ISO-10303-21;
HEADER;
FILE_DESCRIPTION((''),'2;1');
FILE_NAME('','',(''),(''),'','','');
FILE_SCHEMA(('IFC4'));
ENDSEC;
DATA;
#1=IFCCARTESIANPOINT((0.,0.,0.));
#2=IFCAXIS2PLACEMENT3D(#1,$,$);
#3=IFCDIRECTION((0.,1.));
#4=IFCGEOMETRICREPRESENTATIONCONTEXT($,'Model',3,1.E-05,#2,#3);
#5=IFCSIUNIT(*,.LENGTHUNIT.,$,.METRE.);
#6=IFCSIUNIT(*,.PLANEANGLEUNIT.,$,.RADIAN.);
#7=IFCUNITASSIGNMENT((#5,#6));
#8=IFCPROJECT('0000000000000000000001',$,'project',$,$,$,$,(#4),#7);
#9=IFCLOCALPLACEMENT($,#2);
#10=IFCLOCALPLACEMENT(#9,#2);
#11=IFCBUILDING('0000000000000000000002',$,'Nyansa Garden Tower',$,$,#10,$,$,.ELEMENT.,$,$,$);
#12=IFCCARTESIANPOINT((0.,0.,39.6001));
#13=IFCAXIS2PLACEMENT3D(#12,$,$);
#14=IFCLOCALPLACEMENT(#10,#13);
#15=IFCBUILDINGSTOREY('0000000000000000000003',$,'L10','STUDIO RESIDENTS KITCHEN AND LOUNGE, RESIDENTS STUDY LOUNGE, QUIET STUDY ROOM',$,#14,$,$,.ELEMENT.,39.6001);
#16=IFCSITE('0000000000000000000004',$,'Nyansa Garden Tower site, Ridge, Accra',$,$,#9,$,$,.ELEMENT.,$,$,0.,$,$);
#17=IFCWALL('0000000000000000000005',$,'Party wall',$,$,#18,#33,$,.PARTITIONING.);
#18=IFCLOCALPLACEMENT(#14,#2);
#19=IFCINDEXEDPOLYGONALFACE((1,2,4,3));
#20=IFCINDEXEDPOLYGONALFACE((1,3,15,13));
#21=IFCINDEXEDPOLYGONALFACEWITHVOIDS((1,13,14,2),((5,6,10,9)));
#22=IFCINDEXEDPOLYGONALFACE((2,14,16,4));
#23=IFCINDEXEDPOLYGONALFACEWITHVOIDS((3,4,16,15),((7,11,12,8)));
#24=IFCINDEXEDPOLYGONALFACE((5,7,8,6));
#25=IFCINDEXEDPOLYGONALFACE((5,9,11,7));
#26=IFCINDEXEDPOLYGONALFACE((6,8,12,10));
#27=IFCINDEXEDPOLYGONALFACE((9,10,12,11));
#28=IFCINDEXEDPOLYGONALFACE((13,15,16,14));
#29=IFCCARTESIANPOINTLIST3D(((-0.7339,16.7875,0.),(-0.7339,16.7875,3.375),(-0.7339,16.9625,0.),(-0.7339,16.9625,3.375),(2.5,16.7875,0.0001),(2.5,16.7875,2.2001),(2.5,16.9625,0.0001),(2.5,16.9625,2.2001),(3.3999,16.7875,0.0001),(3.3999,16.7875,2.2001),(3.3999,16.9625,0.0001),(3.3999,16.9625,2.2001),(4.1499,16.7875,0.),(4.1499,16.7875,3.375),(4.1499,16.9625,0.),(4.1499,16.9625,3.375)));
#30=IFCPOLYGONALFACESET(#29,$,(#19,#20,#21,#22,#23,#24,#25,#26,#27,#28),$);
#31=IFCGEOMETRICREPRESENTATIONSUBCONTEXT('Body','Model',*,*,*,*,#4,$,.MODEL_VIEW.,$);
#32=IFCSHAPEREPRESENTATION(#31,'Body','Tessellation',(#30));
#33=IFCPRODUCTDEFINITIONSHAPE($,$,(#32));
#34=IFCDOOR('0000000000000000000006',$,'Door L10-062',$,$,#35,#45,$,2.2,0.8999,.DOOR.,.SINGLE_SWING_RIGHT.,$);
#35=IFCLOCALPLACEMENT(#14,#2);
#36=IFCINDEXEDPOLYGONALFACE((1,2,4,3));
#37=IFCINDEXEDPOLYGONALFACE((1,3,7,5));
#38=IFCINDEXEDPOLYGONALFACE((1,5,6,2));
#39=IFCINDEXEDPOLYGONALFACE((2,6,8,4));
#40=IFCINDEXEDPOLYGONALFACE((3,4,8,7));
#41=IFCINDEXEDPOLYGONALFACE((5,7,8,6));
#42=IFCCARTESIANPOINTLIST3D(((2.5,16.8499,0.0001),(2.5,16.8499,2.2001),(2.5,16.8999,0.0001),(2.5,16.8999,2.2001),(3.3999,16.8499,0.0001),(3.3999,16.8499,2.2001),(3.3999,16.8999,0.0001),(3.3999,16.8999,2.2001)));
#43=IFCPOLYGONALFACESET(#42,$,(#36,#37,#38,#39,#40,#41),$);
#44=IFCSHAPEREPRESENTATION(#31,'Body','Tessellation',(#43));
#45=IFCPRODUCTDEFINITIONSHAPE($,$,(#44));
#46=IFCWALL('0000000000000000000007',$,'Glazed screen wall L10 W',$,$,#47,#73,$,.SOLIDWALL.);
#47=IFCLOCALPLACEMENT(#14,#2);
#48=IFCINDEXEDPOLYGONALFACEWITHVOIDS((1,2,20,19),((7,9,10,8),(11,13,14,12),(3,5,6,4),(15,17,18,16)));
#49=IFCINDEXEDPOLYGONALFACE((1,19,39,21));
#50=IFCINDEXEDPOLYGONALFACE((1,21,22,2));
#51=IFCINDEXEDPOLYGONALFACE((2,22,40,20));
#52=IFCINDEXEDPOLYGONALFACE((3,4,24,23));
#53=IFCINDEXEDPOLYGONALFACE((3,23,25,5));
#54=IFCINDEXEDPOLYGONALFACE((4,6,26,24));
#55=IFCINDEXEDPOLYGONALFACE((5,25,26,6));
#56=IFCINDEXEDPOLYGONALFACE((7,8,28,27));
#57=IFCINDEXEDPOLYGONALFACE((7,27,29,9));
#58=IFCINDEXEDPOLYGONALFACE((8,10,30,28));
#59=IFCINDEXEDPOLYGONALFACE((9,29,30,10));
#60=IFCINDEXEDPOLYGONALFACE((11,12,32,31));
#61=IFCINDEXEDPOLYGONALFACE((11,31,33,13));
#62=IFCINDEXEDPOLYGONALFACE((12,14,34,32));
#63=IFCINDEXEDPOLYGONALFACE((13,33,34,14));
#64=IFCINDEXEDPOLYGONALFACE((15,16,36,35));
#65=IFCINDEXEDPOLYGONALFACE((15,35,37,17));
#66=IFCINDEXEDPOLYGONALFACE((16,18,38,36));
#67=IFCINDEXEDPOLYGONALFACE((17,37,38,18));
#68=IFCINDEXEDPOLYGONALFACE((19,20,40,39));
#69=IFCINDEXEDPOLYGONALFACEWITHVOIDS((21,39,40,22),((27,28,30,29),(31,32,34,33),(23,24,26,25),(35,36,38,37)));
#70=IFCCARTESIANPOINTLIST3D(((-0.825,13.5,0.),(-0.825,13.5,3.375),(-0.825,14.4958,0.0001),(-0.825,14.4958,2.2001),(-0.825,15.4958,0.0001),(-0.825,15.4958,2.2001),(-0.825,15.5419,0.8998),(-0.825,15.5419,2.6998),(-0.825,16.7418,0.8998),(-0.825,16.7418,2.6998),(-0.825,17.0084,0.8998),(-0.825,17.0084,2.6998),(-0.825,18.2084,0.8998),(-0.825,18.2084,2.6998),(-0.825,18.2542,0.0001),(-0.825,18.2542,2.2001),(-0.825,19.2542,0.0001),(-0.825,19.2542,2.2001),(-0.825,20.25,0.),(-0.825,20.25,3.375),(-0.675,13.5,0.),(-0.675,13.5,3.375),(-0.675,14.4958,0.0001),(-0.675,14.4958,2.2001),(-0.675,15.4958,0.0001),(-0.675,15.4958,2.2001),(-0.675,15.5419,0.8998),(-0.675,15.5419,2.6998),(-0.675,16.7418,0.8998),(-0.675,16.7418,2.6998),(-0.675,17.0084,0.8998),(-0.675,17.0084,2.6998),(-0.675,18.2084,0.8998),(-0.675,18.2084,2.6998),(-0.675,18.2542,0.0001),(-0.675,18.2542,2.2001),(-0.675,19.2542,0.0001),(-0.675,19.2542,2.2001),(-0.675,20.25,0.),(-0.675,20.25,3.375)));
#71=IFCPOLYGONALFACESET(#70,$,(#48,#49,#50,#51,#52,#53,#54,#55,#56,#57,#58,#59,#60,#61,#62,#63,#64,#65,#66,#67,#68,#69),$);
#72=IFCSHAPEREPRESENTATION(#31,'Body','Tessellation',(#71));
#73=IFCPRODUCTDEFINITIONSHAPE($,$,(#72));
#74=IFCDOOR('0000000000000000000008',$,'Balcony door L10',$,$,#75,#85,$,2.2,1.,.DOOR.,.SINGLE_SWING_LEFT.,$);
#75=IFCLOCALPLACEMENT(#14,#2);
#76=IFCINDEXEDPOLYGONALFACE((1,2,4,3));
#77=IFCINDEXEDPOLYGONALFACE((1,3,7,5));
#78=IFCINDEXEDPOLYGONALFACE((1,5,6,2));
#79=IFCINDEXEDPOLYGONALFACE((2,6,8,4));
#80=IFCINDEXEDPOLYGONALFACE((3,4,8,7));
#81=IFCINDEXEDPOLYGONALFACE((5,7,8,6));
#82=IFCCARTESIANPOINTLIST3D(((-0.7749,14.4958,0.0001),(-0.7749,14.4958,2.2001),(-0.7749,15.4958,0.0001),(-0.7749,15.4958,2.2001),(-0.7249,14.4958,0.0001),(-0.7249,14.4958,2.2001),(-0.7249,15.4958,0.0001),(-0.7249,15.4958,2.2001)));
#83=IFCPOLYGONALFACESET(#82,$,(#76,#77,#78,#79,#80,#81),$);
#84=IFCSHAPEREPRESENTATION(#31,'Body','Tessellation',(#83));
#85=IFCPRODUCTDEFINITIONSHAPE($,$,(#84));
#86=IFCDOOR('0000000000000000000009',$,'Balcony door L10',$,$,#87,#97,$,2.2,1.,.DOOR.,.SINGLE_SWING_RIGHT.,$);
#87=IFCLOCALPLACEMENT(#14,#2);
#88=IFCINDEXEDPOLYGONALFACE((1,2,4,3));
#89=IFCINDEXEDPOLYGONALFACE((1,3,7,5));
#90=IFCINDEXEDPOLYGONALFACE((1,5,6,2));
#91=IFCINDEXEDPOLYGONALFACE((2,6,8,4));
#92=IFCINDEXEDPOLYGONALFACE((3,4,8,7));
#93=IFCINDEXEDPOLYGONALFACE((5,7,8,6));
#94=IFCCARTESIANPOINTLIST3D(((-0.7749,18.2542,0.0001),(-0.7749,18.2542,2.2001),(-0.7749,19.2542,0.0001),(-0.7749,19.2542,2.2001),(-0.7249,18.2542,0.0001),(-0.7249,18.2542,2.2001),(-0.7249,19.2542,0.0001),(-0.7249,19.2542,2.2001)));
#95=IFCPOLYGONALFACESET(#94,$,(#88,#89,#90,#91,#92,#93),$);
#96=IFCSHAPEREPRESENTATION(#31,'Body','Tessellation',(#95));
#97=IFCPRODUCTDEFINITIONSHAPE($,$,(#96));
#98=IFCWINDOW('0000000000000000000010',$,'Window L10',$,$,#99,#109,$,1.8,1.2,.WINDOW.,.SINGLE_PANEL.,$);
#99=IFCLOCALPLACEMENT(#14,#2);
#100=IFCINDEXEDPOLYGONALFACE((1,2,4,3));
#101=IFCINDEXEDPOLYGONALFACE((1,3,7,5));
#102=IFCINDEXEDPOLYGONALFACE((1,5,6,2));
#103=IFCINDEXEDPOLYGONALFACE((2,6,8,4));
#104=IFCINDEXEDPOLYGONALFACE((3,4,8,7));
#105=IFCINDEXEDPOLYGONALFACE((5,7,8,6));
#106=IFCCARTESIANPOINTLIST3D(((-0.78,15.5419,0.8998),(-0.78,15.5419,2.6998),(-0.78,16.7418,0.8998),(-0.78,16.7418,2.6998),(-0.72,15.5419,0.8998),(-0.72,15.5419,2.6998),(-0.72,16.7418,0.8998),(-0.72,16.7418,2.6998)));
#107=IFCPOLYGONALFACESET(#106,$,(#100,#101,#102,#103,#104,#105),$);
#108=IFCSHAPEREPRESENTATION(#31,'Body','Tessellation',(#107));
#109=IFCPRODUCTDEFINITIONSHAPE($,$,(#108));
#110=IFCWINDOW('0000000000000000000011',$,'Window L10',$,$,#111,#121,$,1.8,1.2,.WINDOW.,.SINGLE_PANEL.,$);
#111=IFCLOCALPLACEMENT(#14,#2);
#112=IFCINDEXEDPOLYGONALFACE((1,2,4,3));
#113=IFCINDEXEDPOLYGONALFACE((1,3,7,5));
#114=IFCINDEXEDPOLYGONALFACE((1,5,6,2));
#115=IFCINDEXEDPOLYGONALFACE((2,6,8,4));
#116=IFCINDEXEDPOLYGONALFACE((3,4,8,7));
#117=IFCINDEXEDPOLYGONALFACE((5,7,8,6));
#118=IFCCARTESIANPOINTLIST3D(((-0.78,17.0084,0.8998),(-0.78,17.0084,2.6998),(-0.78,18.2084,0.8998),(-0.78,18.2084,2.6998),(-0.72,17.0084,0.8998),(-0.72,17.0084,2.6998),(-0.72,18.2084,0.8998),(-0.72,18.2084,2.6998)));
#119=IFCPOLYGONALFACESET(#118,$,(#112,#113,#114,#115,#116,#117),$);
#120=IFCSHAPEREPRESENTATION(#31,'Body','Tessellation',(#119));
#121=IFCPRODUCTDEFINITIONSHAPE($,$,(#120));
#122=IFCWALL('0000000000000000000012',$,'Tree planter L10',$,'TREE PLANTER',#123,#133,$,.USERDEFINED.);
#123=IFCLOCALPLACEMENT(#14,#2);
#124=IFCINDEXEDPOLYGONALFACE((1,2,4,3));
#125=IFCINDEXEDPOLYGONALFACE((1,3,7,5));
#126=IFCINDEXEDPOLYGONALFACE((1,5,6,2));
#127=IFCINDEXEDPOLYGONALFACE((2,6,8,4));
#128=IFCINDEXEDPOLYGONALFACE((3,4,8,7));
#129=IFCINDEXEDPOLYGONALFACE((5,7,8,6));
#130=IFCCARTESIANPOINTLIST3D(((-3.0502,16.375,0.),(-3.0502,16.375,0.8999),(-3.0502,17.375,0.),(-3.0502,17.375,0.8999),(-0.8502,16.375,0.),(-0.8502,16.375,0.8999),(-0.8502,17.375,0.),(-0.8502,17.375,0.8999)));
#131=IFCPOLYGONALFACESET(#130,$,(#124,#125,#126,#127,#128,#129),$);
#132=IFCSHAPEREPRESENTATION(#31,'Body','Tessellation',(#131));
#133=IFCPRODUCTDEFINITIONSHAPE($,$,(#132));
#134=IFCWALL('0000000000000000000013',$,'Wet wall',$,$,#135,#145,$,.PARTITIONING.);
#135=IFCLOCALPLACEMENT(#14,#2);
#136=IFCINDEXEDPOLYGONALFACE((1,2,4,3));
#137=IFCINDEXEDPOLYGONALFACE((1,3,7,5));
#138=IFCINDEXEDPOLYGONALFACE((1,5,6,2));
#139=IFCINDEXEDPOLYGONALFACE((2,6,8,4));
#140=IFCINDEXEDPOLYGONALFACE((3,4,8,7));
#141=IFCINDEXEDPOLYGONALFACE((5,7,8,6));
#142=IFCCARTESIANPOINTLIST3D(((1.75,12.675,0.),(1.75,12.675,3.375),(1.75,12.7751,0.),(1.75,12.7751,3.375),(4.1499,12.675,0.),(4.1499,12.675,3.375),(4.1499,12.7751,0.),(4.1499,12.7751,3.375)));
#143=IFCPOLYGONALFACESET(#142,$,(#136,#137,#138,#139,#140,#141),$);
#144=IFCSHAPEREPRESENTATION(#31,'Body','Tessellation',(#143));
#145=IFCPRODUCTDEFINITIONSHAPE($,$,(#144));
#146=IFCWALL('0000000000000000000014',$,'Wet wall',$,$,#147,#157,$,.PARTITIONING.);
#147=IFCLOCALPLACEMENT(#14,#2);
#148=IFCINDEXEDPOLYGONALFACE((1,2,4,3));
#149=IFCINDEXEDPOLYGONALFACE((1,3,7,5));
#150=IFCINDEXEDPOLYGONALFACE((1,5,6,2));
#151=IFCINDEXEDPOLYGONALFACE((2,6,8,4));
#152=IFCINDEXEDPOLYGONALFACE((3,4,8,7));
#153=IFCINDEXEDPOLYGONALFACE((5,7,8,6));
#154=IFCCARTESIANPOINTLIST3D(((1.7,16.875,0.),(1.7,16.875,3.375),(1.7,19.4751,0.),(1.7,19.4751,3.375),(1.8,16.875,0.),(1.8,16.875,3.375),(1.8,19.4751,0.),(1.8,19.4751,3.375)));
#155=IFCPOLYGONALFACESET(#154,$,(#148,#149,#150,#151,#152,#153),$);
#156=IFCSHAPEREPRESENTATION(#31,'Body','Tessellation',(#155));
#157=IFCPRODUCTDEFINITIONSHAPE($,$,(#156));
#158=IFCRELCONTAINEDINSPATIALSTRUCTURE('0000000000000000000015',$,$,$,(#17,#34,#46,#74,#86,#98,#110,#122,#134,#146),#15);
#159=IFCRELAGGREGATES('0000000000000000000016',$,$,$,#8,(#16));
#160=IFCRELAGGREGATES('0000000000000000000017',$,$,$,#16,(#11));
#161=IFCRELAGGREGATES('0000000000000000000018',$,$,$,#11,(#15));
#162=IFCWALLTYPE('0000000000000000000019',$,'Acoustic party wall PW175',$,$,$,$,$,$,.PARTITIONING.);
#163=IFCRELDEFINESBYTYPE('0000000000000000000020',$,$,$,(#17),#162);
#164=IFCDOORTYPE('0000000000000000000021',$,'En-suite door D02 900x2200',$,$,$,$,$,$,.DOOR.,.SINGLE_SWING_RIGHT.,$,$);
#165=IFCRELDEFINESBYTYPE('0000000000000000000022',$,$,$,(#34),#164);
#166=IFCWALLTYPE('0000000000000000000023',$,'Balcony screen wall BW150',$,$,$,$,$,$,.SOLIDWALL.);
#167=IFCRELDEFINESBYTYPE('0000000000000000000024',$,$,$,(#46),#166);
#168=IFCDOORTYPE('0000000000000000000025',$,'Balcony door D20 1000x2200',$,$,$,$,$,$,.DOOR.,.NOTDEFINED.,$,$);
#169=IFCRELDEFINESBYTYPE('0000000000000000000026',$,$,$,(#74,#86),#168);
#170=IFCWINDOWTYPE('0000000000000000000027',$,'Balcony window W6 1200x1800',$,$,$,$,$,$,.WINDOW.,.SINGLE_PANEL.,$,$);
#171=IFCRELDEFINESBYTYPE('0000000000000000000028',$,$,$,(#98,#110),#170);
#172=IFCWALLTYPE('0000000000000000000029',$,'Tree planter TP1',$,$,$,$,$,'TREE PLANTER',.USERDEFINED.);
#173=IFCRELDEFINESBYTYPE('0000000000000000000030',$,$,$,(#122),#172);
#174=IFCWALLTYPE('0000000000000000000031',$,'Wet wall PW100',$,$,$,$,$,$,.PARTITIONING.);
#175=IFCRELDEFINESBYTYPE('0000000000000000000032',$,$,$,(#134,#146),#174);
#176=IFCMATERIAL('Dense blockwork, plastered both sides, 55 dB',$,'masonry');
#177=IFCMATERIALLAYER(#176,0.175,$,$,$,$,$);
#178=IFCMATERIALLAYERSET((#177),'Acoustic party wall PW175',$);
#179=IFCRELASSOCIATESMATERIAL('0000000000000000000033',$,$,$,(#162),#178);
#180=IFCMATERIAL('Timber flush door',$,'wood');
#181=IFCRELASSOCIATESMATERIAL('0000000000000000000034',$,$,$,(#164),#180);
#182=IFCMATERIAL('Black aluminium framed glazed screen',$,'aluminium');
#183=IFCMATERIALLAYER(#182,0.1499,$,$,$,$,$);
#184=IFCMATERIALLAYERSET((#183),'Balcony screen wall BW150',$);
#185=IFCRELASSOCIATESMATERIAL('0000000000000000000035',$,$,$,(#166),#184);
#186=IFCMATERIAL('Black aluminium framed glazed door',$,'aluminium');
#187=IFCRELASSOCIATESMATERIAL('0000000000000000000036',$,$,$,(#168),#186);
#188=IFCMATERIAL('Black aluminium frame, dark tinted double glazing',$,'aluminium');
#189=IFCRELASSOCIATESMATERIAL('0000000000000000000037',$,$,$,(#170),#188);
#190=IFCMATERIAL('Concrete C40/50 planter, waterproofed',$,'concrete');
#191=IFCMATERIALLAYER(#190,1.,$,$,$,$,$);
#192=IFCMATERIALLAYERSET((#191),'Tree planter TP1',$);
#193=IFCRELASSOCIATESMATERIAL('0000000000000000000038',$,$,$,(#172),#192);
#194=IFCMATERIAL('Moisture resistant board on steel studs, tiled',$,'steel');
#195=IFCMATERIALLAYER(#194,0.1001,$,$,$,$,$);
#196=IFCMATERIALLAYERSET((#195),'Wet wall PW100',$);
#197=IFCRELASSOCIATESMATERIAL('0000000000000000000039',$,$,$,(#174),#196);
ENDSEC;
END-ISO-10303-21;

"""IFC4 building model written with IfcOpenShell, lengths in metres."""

from ifc_helpers import new_model, si_unit, direction, frame, frame_2d, origin, place, context, subcontext, project, spatial, rectangle, extrude, material, layer, layer_set, type_object, element, fill, save


model = new_model("IFC4")

# Units and contexts
model_context = context("Model", 3, precision=1e-05, world=origin(), true_north=direction((0.0, 1.0)))
body_context = subcontext(model_context, "Body", "Model", "MODEL_VIEW")
ifc_project = project(units=[si_unit("LENGTHUNIT", "METRE"), si_unit("PLANEANGLEUNIT", "RADIAN")], contexts=[model_context])

# Site, building, storey
site_placement = place(None, origin())
site = spatial("IfcSite", under=ifc_project, at=site_placement, Name="Nyansa Garden Tower site, Ridge, Accra", CompositionType="ELEMENT", RefElevation=0.0)
building_placement = place(site_placement, origin())
building = spatial("IfcBuilding", under=site, at=building_placement, Name="Nyansa Garden Tower", CompositionType="ELEMENT")
storey_placement = place(building_placement, frame((0.0, 0.0, 39.6001)))
storey = spatial("IfcBuildingStorey", under=building, at=storey_placement, Name="L10", Description="STUDIO RESIDENTS KITCHEN AND LOUNGE, RESIDENTS STUDY LOUNGE, QUIET STUDY ROOM", CompositionType="ELEMENT", Elevation=39.6001)

# Wall, opening, door
ifc_material_1 = material(Name="Dense blockwork, plastered both sides, 55 dB", Category="masonry")
ifc_layer_1 = layer(ifc_material_1, 0.175)
ifc_layer_set_1 = layer_set([ifc_layer_1], Name="Acoustic party wall PW175")
wall_type_1 = type_object("IfcWallType", Name="Acoustic party wall PW175", PredefinedType="PARTITIONING", material=ifc_layer_set_1)
wall_1_placement = place(storey_placement, frame((-0.7339, 16.875, 0.0), z_axis=(0.0, 0.0, 1.0), x_axis=(1.0, 0.0, 0.0)))
wall_1 = element("IfcWall", 1, at=wall_1_placement, inside=storey, type_object=wall_type_1, Name="Party wall", PredefinedType="PARTITIONING", context=body_context, shape_type="SweptSolid", body=[
    extrude(rectangle(XDim=4.8838, YDim=0.175, at=frame_2d((2.4419, 0.0))), origin(), (0.0, 0.0, 1.0), 3.375),
])
opening_1_placement = place(wall_1_placement, frame((3.2339, 0.0, 0.0)))
opening_1 = element("IfcOpeningElement", 2, at=opening_1_placement, cuts=wall_1, PredefinedType="OPENING", context=body_context, shape_type="SweptSolid", body=[
    extrude(rectangle(XDim=0.8999, YDim=2.2, at=frame_2d((0.45, 1.1001))), frame((0.0, 0.0974, 0.0), z_axis=(0.0, -1.0, 0.0), x_axis=(1.0, 0.0, 0.0)), (0.0, 0.0, 1.0), 0.1951),
])
ifc_material_2 = material(Name="Timber flush door", Category="wood")
door_type_1 = type_object("IfcDoorType", Name="En-suite door D02 900x2200", OperationType="SINGLE_SWING_RIGHT", PredefinedType="DOOR", material=ifc_material_2)
door_1_placement = place(opening_1_placement, origin())
door_1 = element("IfcDoor", 3, at=door_1_placement, inside=storey, type_object=door_type_1, Name="Door L10-062", OperationType="SINGLE_SWING_RIGHT", OverallHeight=2.2, OverallWidth=0.8999, PredefinedType="DOOR", context=body_context, shape_type="SweptSolid", body=[
    extrude(rectangle(XDim=0.8999, YDim=2.2, at=frame_2d((0.45, 1.1001))), frame((0.0, 0.0249, 0.0), z_axis=(0.0, -1.0, 0.0), x_axis=(1.0, 0.0, 0.0)), (0.0, 0.0, 1.0), 0.05),
])
fill(opening_1, door_1)

# Wall, openings, doors, windows
ifc_material_3 = material(Name="Black aluminium framed glazed screen", Category="aluminium")
ifc_layer_2 = layer(ifc_material_3, 0.1499)
ifc_layer_set_2 = layer_set([ifc_layer_2], Name="Balcony screen wall BW150")
wall_type_2 = type_object("IfcWallType", Name="Balcony screen wall BW150", PredefinedType="SOLIDWALL", material=ifc_layer_set_2)
wall_2_placement = place(storey_placement, frame((-0.75, 13.5, 0.0), z_axis=(0.0, 0.0, 1.0), x_axis=(0.0, 1.0, 0.0)))
wall_2 = element("IfcWall", 4, at=wall_2_placement, inside=storey, type_object=wall_type_2, Name="Glazed screen wall L10 W", PredefinedType="SOLIDWALL", context=body_context, shape_type="SweptSolid", body=[
    extrude(rectangle(XDim=6.75, YDim=0.1499, at=frame_2d((3.375, 0.0))), origin(), (0.0, 0.0, 1.0), 3.375),
])
opening_2_placement = place(wall_2_placement, frame((0.9958, 0.0, 0.0)))
opening_2 = element("IfcOpeningElement", 5, at=opening_2_placement, cuts=wall_2, PredefinedType="OPENING", context=body_context, shape_type="SweptSolid", body=[
    extrude(rectangle(XDim=1.0, YDim=2.2, at=frame_2d((0.5, 1.1001))), frame((0.0, 0.085, 0.0), z_axis=(0.0, -1.0, 0.0), x_axis=(1.0, 0.0, 0.0)), (0.0, 0.0, 1.0), 0.1699),
])
opening_3_placement = place(wall_2_placement, frame((2.0417, 0.0, 0.8999)))
opening_3 = element("IfcOpeningElement", 6, at=opening_3_placement, cuts=wall_2, PredefinedType="OPENING", context=body_context, shape_type="SweptSolid", body=[
    extrude(rectangle(XDim=1.2, YDim=1.8, at=frame_2d((0.6001, 0.8999))), frame((0.0, 0.085, 0.0), z_axis=(0.0, -1.0, 0.0), x_axis=(1.0, 0.0, 0.0)), (0.0, 0.0, 1.0), 0.1699),
])
opening_4_placement = place(wall_2_placement, frame((4.7542, 0.0, 0.0)))
opening_4 = element("IfcOpeningElement", 7, at=opening_4_placement, cuts=wall_2, PredefinedType="OPENING", context=body_context, shape_type="SweptSolid", body=[
    extrude(rectangle(XDim=1.0, YDim=2.2, at=frame_2d((0.5, 1.1001))), frame((0.0, 0.085, 0.0), z_axis=(0.0, -1.0, 0.0), x_axis=(1.0, 0.0, 0.0)), (0.0, 0.0, 1.0), 0.1699),
])
opening_5_placement = place(wall_2_placement, frame((3.5083, 0.0, 0.8999)))
opening_5 = element("IfcOpeningElement", 8, at=opening_5_placement, cuts=wall_2, PredefinedType="OPENING", context=body_context, shape_type="SweptSolid", body=[
    extrude(rectangle(XDim=1.2, YDim=1.8, at=frame_2d((0.6001, 0.8999))), frame((0.0, 0.085, 0.0), z_axis=(0.0, -1.0, 0.0), x_axis=(1.0, 0.0, 0.0)), (0.0, 0.0, 1.0), 0.1699),
])
ifc_material_4 = material(Name="Black aluminium framed glazed door", Category="aluminium")
door_type_2 = type_object("IfcDoorType", Name="Balcony door D20 1000x2200", OperationType="NOTDEFINED", PredefinedType="DOOR", material=ifc_material_4)
door_2_placement = place(opening_2_placement, origin())
door_2 = element("IfcDoor", 9, at=door_2_placement, inside=storey, type_object=door_type_2, Name="Balcony door L10", OperationType="SINGLE_SWING_LEFT", OverallHeight=2.2, OverallWidth=1.0, PredefinedType="DOOR", context=body_context, shape_type="SweptSolid", body=[
    extrude(rectangle(XDim=1.0, YDim=2.2, at=frame_2d((0.5, 1.1001))), frame((0.0, 0.0249, 0.0), z_axis=(0.0, -1.0, 0.0), x_axis=(1.0, 0.0, 0.0)), (0.0, 0.0, 1.0), 0.05),
])
fill(opening_2, door_2)
door_3_placement = place(opening_4_placement, origin())
door_3 = element("IfcDoor", 10, at=door_3_placement, inside=storey, type_object=door_type_2, Name="Balcony door L10", OperationType="SINGLE_SWING_RIGHT", OverallHeight=2.2, OverallWidth=1.0, PredefinedType="DOOR", context=body_context, shape_type="SweptSolid", body=[
    extrude(rectangle(XDim=1.0, YDim=2.2, at=frame_2d((0.5, 1.1001))), frame((0.0, 0.0249, 0.0), z_axis=(0.0, -1.0, 0.0), x_axis=(1.0, 0.0, 0.0)), (0.0, 0.0, 1.0), 0.05),
])
fill(opening_4, door_3)
ifc_material_5 = material(Name="Black aluminium frame, dark tinted double glazing", Category="aluminium")
window_type = type_object("IfcWindowType", Name="Balcony window W6 1200x1800", PartitioningType="SINGLE_PANEL", PredefinedType="WINDOW", material=ifc_material_5)
window_1_placement = place(opening_3_placement, origin())
window_1 = element("IfcWindow", 11, at=window_1_placement, inside=storey, type_object=window_type, Name="Window L10", OverallHeight=1.8, OverallWidth=1.2, PartitioningType="SINGLE_PANEL", PredefinedType="WINDOW", context=body_context, shape_type="SweptSolid", body=[
    extrude(rectangle(XDim=1.2, YDim=1.8, at=frame_2d((0.6001, 0.8999))), frame((0.0, 0.03, 0.0), z_axis=(0.0, -1.0, 0.0), x_axis=(1.0, 0.0, 0.0)), (0.0, 0.0, 1.0), 0.0601),
])
fill(opening_3, window_1)
window_2_placement = place(opening_5_placement, origin())
window_2 = element("IfcWindow", 12, at=window_2_placement, inside=storey, type_object=window_type, Name="Window L10", OverallHeight=1.8, OverallWidth=1.2, PartitioningType="SINGLE_PANEL", PredefinedType="WINDOW", context=body_context, shape_type="SweptSolid", body=[
    extrude(rectangle(XDim=1.2, YDim=1.8, at=frame_2d((0.6001, 0.8999))), frame((0.0, 0.03, 0.0), z_axis=(0.0, -1.0, 0.0), x_axis=(1.0, 0.0, 0.0)), (0.0, 0.0, 1.0), 0.0601),
])
fill(opening_5, window_2)

# Walls
ifc_material_6 = material(Name="Concrete C40/50 planter, waterproofed", Category="concrete")
ifc_layer_3 = layer(ifc_material_6, 1.0)
ifc_layer_set_3 = layer_set([ifc_layer_3], Name="Tree planter TP1")
wall_type_3 = type_object("IfcWallType", Name="Tree planter TP1", ElementType="TREE PLANTER", PredefinedType="USERDEFINED", material=ifc_layer_set_3)
wall_3_placement = place(storey_placement, frame((-0.8501, 16.875, 0.0), z_axis=(0.0, 0.0, 1.0), x_axis=(-1.0, 0.0, 0.0)))
element("IfcWall", 13, at=wall_3_placement, inside=storey, type_object=wall_type_3, Name="Tree planter L10", ObjectType="TREE PLANTER", PredefinedType="USERDEFINED", context=body_context, shape_type="SweptSolid", body=[
    extrude(rectangle(XDim=2.2, YDim=1.0, at=frame_2d((1.1001, 0.0))), origin(), (0.0, 0.0, 1.0), 0.8999),
])
ifc_material_7 = material(Name="Moisture resistant board on steel studs, tiled", Category="steel")
ifc_layer_4 = layer(ifc_material_7, 0.1001)
ifc_layer_set_4 = layer_set([ifc_layer_4], Name="Wet wall PW100")
wall_type_4 = type_object("IfcWallType", Name="Wet wall PW100", PredefinedType="PARTITIONING", material=ifc_layer_set_4)
wall_4_placement = place(storey_placement, frame((1.75, 12.7251, 0.0), z_axis=(0.0, 0.0, 1.0), x_axis=(1.0, 0.0, 0.0)))
element("IfcWall", 14, at=wall_4_placement, inside=storey, type_object=wall_type_4, Name="Wet wall", PredefinedType="PARTITIONING", context=body_context, shape_type="SweptSolid", body=[
    extrude(rectangle(XDim=2.3999, YDim=0.1001, at=frame_2d((1.2, 0.0))), origin(), (0.0, 0.0, 1.0), 3.375),
])
wall_5_placement = place(storey_placement, frame((1.75, 16.875, 0.0), z_axis=(0.0, 0.0, 1.0), x_axis=(0.0, 1.0, 0.0)))
element("IfcWall", 15, at=wall_5_placement, inside=storey, type_object=wall_type_4, Name="Wet wall", PredefinedType="PARTITIONING", context=body_context, shape_type="SweptSolid", body=[
    extrude(rectangle(XDim=2.6001, YDim=0.1001, at=frame_2d((1.3, 0.0))), origin(), (0.0, 0.0, 1.0), 3.375),
])

save(model, "model.ifc")
